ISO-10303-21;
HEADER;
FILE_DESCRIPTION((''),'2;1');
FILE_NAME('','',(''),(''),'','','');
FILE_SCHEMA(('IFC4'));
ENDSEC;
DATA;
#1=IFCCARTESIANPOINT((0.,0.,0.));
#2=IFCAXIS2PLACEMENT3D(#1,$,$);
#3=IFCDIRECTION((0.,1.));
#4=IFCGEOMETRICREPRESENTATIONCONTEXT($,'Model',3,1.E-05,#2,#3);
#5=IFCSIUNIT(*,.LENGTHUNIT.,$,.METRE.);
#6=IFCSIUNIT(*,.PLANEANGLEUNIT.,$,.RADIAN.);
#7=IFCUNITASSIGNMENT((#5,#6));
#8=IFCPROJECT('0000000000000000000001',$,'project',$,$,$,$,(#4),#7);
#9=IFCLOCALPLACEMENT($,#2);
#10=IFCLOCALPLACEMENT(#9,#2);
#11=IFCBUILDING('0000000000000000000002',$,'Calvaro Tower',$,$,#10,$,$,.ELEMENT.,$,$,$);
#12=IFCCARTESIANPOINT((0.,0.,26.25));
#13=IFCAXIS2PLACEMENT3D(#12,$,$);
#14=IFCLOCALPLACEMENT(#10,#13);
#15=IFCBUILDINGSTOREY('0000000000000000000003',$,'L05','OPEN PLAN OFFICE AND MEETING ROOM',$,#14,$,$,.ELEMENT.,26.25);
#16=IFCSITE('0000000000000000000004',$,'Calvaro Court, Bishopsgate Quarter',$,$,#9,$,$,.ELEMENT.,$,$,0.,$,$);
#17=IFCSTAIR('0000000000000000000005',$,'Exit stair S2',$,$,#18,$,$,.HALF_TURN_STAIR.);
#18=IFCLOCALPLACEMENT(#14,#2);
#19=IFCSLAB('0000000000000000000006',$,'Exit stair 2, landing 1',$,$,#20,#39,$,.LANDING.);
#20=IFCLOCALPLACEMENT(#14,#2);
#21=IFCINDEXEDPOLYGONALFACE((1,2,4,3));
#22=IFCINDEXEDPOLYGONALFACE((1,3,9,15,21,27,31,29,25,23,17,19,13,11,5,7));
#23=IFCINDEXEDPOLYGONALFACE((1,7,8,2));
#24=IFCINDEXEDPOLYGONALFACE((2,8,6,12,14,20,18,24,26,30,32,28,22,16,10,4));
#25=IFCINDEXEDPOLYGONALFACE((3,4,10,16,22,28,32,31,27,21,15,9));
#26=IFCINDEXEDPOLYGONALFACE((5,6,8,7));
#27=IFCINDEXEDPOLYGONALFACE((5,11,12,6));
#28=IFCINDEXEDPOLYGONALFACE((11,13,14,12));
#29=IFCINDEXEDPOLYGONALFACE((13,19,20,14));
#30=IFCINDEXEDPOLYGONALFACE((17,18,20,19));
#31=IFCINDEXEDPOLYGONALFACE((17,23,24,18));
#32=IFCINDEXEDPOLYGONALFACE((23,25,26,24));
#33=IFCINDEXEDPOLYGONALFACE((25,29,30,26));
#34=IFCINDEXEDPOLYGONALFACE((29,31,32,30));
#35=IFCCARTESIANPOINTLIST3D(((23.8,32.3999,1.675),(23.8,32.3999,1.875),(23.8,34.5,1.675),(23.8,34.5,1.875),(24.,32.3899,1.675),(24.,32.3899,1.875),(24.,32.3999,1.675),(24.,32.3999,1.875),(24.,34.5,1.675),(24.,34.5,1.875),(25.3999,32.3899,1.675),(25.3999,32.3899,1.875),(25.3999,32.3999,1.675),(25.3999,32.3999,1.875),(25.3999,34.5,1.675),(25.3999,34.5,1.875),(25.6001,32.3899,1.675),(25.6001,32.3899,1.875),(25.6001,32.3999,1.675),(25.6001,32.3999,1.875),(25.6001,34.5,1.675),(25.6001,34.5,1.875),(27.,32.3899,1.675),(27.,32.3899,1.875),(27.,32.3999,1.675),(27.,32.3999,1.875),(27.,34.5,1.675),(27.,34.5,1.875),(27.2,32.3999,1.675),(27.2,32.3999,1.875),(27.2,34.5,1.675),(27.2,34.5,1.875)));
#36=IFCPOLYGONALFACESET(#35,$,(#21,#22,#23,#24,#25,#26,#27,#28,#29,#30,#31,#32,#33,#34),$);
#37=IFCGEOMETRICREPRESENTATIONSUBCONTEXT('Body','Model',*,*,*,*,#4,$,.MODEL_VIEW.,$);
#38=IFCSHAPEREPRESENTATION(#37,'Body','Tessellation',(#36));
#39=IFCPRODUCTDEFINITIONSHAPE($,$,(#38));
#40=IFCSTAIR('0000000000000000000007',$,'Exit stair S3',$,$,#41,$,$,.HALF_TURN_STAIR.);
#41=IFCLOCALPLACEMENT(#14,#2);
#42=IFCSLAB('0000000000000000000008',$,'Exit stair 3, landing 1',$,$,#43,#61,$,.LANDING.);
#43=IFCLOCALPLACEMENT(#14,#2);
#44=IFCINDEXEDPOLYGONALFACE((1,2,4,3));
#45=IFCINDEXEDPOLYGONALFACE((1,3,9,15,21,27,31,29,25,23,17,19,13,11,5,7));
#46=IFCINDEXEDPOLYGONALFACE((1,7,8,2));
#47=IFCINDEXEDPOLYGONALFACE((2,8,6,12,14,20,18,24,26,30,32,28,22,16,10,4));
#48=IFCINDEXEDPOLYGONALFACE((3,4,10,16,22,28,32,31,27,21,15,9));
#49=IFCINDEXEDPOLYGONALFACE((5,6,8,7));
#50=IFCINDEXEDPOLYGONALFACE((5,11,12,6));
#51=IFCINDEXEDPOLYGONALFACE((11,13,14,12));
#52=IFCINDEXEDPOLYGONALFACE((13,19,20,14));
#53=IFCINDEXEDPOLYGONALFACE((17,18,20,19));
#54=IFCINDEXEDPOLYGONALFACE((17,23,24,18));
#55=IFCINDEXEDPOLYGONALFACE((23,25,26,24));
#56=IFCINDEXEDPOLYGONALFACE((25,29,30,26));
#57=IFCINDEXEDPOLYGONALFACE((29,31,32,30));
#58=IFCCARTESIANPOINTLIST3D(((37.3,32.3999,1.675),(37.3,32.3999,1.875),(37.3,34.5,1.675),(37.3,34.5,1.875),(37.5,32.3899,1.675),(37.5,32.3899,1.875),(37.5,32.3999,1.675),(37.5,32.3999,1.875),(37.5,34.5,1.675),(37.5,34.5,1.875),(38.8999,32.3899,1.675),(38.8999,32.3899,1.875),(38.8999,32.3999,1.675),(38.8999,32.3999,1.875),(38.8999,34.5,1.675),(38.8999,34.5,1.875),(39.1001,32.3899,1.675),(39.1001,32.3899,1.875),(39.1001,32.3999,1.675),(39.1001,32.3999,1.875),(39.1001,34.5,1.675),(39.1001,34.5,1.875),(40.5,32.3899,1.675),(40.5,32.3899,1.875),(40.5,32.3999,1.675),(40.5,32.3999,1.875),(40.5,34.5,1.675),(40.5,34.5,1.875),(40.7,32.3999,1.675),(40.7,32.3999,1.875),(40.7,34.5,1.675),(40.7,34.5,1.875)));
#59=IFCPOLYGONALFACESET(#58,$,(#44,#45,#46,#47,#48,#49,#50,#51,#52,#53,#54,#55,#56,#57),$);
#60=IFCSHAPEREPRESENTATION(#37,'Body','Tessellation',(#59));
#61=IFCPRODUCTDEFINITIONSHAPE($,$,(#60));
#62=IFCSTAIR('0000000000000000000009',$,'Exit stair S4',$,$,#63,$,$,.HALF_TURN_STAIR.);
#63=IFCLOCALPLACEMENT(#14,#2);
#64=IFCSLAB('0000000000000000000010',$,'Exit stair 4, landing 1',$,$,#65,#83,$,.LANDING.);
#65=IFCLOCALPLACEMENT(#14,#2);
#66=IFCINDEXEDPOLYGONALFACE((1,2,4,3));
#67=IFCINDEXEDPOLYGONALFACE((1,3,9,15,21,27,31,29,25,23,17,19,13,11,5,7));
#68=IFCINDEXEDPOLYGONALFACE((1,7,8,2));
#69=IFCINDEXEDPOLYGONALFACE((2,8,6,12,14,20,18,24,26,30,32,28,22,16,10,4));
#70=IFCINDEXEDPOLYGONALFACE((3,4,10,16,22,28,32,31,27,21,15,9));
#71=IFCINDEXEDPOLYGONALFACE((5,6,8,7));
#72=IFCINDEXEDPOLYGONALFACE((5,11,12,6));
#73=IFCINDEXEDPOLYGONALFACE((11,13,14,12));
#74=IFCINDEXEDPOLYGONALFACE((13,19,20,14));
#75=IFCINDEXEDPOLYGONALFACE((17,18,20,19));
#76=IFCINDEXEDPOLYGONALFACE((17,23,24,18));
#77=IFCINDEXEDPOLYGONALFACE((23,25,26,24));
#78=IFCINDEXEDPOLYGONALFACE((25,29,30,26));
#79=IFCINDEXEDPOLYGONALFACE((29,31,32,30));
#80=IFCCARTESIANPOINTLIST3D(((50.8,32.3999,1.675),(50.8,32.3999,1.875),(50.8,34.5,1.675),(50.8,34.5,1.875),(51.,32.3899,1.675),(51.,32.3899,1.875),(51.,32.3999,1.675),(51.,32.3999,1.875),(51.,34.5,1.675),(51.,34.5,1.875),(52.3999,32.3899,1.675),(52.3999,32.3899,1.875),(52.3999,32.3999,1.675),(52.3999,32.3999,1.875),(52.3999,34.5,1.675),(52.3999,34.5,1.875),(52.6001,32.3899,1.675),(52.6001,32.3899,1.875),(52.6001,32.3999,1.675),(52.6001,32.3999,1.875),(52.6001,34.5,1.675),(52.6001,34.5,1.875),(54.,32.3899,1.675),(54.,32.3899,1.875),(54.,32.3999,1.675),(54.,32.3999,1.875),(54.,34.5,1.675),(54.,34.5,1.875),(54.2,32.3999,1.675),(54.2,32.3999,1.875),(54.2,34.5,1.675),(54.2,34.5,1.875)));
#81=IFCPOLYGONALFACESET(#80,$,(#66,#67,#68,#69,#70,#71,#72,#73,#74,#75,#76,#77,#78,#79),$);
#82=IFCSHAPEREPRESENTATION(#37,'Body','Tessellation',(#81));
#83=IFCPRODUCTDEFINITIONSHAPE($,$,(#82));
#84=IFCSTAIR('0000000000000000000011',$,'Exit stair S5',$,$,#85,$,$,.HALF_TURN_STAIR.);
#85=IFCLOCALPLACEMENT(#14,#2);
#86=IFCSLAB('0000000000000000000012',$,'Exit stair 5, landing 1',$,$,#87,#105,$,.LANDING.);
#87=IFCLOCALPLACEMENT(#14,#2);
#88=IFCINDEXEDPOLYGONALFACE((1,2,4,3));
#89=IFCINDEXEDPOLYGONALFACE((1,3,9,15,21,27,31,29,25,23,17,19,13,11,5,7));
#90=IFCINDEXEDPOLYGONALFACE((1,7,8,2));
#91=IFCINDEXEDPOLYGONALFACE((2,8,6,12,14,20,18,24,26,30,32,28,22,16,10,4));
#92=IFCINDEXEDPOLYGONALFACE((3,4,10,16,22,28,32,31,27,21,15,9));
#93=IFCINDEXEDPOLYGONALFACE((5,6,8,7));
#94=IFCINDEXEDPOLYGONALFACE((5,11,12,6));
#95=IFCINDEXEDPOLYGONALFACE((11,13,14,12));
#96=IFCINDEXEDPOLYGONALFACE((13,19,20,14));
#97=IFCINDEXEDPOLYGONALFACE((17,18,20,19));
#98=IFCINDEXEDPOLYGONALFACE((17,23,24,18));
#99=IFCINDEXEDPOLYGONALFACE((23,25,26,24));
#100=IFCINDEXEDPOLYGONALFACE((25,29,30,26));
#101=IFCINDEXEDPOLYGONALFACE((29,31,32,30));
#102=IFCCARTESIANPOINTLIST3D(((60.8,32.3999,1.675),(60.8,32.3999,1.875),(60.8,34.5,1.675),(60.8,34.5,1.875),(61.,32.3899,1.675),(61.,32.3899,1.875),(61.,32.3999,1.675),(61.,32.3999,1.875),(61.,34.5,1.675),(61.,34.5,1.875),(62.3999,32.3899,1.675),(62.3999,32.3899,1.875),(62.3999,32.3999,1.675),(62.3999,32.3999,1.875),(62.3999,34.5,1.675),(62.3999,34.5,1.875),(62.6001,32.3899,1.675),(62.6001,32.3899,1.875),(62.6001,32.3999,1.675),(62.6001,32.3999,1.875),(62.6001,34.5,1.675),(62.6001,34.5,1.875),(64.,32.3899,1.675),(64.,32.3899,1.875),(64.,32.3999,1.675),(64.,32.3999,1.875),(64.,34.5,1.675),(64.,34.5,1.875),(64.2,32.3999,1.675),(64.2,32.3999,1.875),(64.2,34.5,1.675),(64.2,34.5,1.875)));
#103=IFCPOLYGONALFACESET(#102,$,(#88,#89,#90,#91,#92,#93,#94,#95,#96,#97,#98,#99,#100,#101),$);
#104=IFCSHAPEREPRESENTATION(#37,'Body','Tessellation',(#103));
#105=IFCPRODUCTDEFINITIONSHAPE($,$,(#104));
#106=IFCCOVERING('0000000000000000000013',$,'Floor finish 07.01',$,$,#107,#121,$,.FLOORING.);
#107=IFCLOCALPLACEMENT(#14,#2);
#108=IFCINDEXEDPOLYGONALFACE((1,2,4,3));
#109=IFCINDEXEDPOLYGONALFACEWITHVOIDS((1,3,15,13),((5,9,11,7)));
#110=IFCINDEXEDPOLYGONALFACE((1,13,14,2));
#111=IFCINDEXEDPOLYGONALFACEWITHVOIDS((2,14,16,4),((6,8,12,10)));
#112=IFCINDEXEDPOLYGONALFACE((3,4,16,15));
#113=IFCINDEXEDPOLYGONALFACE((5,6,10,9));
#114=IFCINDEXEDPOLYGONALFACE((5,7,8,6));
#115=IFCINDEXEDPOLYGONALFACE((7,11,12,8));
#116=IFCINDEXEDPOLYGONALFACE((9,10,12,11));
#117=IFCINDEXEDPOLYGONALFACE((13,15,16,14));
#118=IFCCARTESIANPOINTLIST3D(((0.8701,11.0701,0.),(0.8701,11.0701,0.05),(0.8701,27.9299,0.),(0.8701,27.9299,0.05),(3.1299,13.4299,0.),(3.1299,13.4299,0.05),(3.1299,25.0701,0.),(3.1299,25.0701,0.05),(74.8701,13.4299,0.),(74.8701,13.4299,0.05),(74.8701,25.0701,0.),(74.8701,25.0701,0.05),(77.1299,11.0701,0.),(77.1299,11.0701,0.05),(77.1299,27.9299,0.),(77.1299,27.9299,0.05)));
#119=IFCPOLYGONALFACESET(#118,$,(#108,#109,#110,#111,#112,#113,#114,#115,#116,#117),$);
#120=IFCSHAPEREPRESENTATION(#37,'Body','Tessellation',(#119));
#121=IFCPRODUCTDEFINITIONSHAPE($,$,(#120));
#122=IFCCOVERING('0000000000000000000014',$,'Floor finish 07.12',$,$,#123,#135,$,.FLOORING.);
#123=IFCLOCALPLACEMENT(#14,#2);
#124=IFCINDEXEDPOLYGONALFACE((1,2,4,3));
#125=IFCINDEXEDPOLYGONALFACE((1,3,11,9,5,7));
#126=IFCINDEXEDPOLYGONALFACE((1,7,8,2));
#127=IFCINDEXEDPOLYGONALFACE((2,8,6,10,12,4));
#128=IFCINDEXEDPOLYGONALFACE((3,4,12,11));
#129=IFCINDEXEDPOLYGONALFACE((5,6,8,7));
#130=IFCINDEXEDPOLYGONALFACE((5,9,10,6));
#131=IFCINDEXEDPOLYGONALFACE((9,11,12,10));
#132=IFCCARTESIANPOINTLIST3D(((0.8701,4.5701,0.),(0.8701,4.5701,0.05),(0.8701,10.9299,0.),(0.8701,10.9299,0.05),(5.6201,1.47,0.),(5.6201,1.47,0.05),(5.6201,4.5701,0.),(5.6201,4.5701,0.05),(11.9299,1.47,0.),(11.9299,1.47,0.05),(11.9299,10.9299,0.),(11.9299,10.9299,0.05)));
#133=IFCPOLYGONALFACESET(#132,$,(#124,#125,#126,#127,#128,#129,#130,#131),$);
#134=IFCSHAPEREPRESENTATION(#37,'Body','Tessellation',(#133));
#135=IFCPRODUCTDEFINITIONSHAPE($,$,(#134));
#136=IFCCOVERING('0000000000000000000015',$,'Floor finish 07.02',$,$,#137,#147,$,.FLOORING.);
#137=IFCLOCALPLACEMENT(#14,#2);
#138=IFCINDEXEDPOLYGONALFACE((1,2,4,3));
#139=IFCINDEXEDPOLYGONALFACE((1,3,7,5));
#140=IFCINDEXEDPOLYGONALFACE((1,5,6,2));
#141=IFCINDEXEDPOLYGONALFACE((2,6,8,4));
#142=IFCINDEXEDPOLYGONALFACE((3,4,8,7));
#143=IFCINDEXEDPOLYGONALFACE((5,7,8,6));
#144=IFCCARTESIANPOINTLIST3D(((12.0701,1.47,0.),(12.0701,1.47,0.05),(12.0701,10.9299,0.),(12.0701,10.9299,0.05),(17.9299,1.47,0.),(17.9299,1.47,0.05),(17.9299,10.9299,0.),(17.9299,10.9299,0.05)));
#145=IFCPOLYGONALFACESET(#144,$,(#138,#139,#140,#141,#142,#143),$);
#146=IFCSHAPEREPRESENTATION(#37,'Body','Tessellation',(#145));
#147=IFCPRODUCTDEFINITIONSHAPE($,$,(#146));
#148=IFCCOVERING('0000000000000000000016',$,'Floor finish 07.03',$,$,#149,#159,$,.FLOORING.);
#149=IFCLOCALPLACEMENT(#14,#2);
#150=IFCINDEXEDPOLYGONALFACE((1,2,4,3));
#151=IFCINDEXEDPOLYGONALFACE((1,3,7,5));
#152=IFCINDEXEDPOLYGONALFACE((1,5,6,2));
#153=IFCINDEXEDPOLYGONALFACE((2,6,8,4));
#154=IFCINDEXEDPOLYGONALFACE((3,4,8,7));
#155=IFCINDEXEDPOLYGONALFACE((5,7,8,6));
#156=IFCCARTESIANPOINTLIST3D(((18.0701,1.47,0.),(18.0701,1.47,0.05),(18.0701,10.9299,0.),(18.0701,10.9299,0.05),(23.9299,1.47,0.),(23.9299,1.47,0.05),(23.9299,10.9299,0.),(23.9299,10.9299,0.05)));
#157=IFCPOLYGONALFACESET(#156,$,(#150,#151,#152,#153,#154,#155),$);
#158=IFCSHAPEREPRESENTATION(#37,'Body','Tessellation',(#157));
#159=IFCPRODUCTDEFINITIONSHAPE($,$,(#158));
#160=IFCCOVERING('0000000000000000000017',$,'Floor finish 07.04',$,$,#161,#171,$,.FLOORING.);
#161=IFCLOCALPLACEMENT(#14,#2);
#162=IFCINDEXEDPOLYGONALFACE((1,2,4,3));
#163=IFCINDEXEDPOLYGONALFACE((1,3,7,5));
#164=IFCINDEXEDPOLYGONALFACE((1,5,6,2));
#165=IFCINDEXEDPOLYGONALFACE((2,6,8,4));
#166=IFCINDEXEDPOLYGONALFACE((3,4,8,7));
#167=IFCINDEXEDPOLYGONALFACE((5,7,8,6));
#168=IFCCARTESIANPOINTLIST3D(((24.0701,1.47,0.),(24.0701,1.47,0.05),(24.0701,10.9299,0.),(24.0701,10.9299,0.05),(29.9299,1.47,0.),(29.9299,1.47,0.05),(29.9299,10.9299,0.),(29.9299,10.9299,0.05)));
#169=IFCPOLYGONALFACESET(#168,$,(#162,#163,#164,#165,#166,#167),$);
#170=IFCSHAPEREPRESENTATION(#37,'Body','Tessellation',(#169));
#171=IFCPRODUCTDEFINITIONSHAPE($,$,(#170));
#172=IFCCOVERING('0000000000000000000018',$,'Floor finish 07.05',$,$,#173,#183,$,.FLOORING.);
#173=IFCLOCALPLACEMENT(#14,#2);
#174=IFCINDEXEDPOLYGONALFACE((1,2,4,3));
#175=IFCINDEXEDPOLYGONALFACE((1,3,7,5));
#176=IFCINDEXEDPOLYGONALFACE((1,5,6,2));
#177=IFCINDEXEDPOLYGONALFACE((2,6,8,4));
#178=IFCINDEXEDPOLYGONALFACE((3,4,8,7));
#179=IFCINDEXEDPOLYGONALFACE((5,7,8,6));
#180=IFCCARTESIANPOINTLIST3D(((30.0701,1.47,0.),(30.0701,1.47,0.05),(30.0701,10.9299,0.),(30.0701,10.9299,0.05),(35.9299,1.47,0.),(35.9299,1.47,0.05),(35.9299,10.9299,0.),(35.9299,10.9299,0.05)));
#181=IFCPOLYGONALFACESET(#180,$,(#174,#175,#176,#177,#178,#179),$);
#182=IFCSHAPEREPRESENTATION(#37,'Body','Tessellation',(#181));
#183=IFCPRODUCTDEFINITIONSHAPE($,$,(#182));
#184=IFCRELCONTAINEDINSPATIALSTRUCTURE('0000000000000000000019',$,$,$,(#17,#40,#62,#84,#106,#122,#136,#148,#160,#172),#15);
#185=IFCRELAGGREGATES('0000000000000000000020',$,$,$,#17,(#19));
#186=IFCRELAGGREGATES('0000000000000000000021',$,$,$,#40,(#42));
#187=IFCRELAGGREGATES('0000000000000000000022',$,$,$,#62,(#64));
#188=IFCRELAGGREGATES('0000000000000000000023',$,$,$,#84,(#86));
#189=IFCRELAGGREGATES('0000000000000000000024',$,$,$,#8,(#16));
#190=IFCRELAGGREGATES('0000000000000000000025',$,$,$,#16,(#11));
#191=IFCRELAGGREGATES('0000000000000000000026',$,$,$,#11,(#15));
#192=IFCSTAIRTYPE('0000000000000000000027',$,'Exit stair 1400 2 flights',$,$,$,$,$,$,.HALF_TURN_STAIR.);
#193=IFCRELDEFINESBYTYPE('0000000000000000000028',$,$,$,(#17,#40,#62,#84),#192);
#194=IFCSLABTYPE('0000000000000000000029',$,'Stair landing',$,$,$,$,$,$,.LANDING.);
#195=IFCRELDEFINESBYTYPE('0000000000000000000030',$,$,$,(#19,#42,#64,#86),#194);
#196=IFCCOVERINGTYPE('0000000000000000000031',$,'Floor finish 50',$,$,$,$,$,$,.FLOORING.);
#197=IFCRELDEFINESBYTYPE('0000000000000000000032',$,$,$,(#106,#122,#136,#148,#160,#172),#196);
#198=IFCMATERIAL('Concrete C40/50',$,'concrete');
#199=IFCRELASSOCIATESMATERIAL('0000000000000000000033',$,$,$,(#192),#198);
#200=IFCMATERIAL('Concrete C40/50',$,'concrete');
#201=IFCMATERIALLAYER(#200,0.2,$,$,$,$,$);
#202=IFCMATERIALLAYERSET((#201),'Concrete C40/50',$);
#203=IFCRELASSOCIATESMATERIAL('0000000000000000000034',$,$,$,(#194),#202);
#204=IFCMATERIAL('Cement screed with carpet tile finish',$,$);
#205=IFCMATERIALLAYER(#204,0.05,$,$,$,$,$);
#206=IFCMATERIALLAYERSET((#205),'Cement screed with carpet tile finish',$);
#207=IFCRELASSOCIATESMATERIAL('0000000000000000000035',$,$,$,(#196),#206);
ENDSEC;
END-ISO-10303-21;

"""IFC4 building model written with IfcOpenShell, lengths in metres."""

from ifc_helpers import new_model, si_unit, direction, frame, origin, place, context, subcontext, project, spatial, polyline, outline, extrude, material, layer, layer_set, type_object, element, aggregate, save


model = new_model("IFC4")

# Units and contexts
model_context = context("Model", 3, precision=1e-05, world=origin(), true_north=direction((0.0, 1.0)))
body_context = subcontext(model_context, "Body", "Model", "MODEL_VIEW")
ifc_project = project(units=[si_unit("LENGTHUNIT", "METRE"), si_unit("PLANEANGLEUNIT", "RADIAN")], contexts=[model_context])

# Site, building, storey
site_placement = place(None, origin())
site = spatial("IfcSite", under=ifc_project, at=site_placement, Name="Calvaro Court, Bishopsgate Quarter", CompositionType="ELEMENT", RefElevation=0.0)
building_placement = place(site_placement, origin())
building = spatial("IfcBuilding", under=site, at=building_placement, Name="Calvaro Tower", CompositionType="ELEMENT")
storey_placement = place(building_placement, frame((0.0, 0.0, 26.25)))
storey = spatial("IfcBuildingStorey", under=building, at=storey_placement, Name="L05", Description="OPEN PLAN OFFICE AND MEETING ROOM", CompositionType="ELEMENT", Elevation=26.25)

# Stairs, slabs
ifc_material_1 = material(Name="Concrete C40/50", Category="concrete")
stair_type = type_object("IfcStairType", Name="Exit stair 1400 2 flights", PredefinedType="HALF_TURN_STAIR", material=ifc_material_1)
ifc_material_2 = material(Name="Concrete C40/50", Category="concrete")
ifc_layer_1 = layer(ifc_material_2, 0.2)
ifc_layer_set_1 = layer_set([ifc_layer_1], Name="Concrete C40/50")
slab_type_1 = type_object("IfcSlabType", Name="Stair landing", PredefinedType="LANDING", material=ifc_layer_set_1)
stair_1_placement = place(storey_placement, origin())
stair_1 = element("IfcStair", 1, at=stair_1_placement, inside=storey, type_object=stair_type, Name="Exit stair S2", PredefinedType="HALF_TURN_STAIR")
slab_1_placement = place(storey_placement, frame((0.0, 0.0, 1.675)))
slab_1 = element("IfcSlab", 2, at=slab_1_placement, type_object=slab_type_1, Name="Exit stair 2, landing 1", PredefinedType="LANDING", context=body_context, shape_type="SweptSolid", body=[
    extrude(outline(polyline([(25.3999, 32.3899), (24.0, 32.3899), (24.0, 32.3999), (23.8, 32.3999), (23.8, 34.5), (24.0, 34.5), (25.3999, 34.5), (25.6001, 34.5), (27.0, 34.5), (27.2, 34.5), (27.2, 32.3999), (27.0, 32.3999), (27.0, 32.3899), (25.6001, 32.3899), (25.6001, 32.3999), (25.3999, 32.3999), (25.3999, 32.3899)])), origin(), (0.0, 0.0, 1.0), 0.2),
])
aggregate(stair_1, [slab_1])
stair_2_placement = place(storey_placement, origin())
stair_2 = element("IfcStair", 3, at=stair_2_placement, inside=storey, type_object=stair_type, Name="Exit stair S3", PredefinedType="HALF_TURN_STAIR")
slab_2_placement = place(storey_placement, frame((0.0, 0.0, 1.675)))
slab_2 = element("IfcSlab", 4, at=slab_2_placement, type_object=slab_type_1, Name="Exit stair 3, landing 1", PredefinedType="LANDING", context=body_context, shape_type="SweptSolid", body=[
    extrude(outline(polyline([(38.8999, 32.3899), (37.5, 32.3899), (37.5, 32.3999), (37.3, 32.3999), (37.3, 34.5), (37.5, 34.5), (38.8999, 34.5), (39.1001, 34.5), (40.5, 34.5), (40.7, 34.5), (40.7, 32.3999), (40.5, 32.3999), (40.5, 32.3899), (39.1001, 32.3899), (39.1001, 32.3999), (38.8999, 32.3999), (38.8999, 32.3899)])), origin(), (0.0, 0.0, 1.0), 0.2),
])
aggregate(stair_2, [slab_2])
stair_3_placement = place(storey_placement, origin())
stair_3 = element("IfcStair", 5, at=stair_3_placement, inside=storey, type_object=stair_type, Name="Exit stair S4", PredefinedType="HALF_TURN_STAIR")
slab_3_placement = place(storey_placement, frame((0.0, 0.0, 1.675)))
slab_3 = element("IfcSlab", 6, at=slab_3_placement, type_object=slab_type_1, Name="Exit stair 4, landing 1", PredefinedType="LANDING", context=body_context, shape_type="SweptSolid", body=[
    extrude(outline(polyline([(52.3999, 32.3899), (51.0, 32.3899), (51.0, 32.3999), (50.8, 32.3999), (50.8, 34.5), (51.0, 34.5), (52.3999, 34.5), (52.6001, 34.5), (54.0, 34.5), (54.2, 34.5), (54.2, 32.3999), (54.0, 32.3999), (54.0, 32.3899), (52.6001, 32.3899), (52.6001, 32.3999), (52.3999, 32.3999), (52.3999, 32.3899)])), origin(), (0.0, 0.0, 1.0), 0.2),
])
aggregate(stair_3, [slab_3])
stair_4_placement = place(storey_placement, origin())
stair_4 = element("IfcStair", 7, at=stair_4_placement, inside=storey, type_object=stair_type, Name="Exit stair S5", PredefinedType="HALF_TURN_STAIR")
slab_4_placement = place(storey_placement, frame((0.0, 0.0, 1.675)))
slab_4 = element("IfcSlab", 8, at=slab_4_placement, type_object=slab_type_1, Name="Exit stair 5, landing 1", PredefinedType="LANDING", context=body_context, shape_type="SweptSolid", body=[
    extrude(outline(polyline([(62.3999, 32.3899), (61.0, 32.3899), (61.0, 32.3999), (60.8, 32.3999), (60.8, 34.5), (61.0, 34.5), (62.3999, 34.5), (62.6001, 34.5), (64.0, 34.5), (64.2, 34.5), (64.2, 32.3999), (64.0, 32.3999), (64.0, 32.3899), (62.6001, 32.3899), (62.6001, 32.3999), (62.3999, 32.3999), (62.3999, 32.3899)])), origin(), (0.0, 0.0, 1.0), 0.2),
])
aggregate(stair_4, [slab_4])

# Coverings
ifc_material_3 = material(Name="Cement screed with carpet tile finish")
ifc_layer_2 = layer(ifc_material_3, 0.05)
ifc_layer_set_2 = layer_set([ifc_layer_2], Name="Cement screed with carpet tile finish")
covering_type = type_object("IfcCoveringType", Name="Floor finish 50", PredefinedType="FLOORING", material=ifc_layer_set_2)
covering_1_placement = place(storey_placement, origin())
element("IfcCovering", 9, at=covering_1_placement, inside=storey, type_object=covering_type, Name="Floor finish 07.01", PredefinedType="FLOORING", context=body_context, shape_type="SweptSolid", body=[
    extrude(outline(polyline([(0.8701, 11.0701), (0.8701, 27.9299), (77.1299, 27.9299), (77.1299, 11.0701), (0.8701, 11.0701)]), holes=[polyline([(74.8701, 13.4299), (74.8701, 25.0701), (3.1299, 25.0701), (3.1299, 13.4299), (74.8701, 13.4299)])]), origin(), (0.0, 0.0, 1.0), 0.05),
])
covering_2_placement = place(storey_placement, origin())
element("IfcCovering", 10, at=covering_2_placement, inside=storey, type_object=covering_type, Name="Floor finish 07.12", PredefinedType="FLOORING", context=body_context, shape_type="SweptSolid", body=[
    extrude(outline(polyline([(11.9299, 10.9299), (11.9299, 1.47), (5.6201, 1.47), (5.6201, 4.5701), (0.8701, 4.5701), (0.8701, 10.9299), (11.9299, 10.9299)])), origin(), (0.0, 0.0, 1.0), 0.05),
])
covering_3_placement = place(storey_placement, origin())
element("IfcCovering", 11, at=covering_3_placement, inside=storey, type_object=covering_type, Name="Floor finish 07.02", PredefinedType="FLOORING", context=body_context, shape_type="SweptSolid", body=[
    extrude(outline(polyline([(12.0701, 10.9299), (17.9299, 10.9299), (17.9299, 1.47), (12.0701, 1.47), (12.0701, 10.9299)])), origin(), (0.0, 0.0, 1.0), 0.05),
])
covering_4_placement = place(storey_placement, origin())
element("IfcCovering", 12, at=covering_4_placement, inside=storey, type_object=covering_type, Name="Floor finish 07.03", PredefinedType="FLOORING", context=body_context, shape_type="SweptSolid", body=[
    extrude(outline(polyline([(18.0701, 10.9299), (23.9299, 10.9299), (23.9299, 1.47), (18.0701, 1.47), (18.0701, 10.9299)])), origin(), (0.0, 0.0, 1.0), 0.05),
])
covering_5_placement = place(storey_placement, origin())
element("IfcCovering", 13, at=covering_5_placement, inside=storey, type_object=covering_type, Name="Floor finish 07.04", PredefinedType="FLOORING", context=body_context, shape_type="SweptSolid", body=[
    extrude(outline(polyline([(24.0701, 10.9299), (29.9299, 10.9299), (29.9299, 1.47), (24.0701, 1.47), (24.0701, 10.9299)])), origin(), (0.0, 0.0, 1.0), 0.05),
])
covering_6_placement = place(storey_placement, origin())
element("IfcCovering", 14, at=covering_6_placement, inside=storey, type_object=covering_type, Name="Floor finish 07.05", PredefinedType="FLOORING", context=body_context, shape_type="SweptSolid", body=[
    extrude(outline(polyline([(30.0701, 10.9299), (35.9299, 10.9299), (35.9299, 1.47), (30.0701, 1.47), (30.0701, 10.9299)])), origin(), (0.0, 0.0, 1.0), 0.05),
])

save(model, "model.ifc")
